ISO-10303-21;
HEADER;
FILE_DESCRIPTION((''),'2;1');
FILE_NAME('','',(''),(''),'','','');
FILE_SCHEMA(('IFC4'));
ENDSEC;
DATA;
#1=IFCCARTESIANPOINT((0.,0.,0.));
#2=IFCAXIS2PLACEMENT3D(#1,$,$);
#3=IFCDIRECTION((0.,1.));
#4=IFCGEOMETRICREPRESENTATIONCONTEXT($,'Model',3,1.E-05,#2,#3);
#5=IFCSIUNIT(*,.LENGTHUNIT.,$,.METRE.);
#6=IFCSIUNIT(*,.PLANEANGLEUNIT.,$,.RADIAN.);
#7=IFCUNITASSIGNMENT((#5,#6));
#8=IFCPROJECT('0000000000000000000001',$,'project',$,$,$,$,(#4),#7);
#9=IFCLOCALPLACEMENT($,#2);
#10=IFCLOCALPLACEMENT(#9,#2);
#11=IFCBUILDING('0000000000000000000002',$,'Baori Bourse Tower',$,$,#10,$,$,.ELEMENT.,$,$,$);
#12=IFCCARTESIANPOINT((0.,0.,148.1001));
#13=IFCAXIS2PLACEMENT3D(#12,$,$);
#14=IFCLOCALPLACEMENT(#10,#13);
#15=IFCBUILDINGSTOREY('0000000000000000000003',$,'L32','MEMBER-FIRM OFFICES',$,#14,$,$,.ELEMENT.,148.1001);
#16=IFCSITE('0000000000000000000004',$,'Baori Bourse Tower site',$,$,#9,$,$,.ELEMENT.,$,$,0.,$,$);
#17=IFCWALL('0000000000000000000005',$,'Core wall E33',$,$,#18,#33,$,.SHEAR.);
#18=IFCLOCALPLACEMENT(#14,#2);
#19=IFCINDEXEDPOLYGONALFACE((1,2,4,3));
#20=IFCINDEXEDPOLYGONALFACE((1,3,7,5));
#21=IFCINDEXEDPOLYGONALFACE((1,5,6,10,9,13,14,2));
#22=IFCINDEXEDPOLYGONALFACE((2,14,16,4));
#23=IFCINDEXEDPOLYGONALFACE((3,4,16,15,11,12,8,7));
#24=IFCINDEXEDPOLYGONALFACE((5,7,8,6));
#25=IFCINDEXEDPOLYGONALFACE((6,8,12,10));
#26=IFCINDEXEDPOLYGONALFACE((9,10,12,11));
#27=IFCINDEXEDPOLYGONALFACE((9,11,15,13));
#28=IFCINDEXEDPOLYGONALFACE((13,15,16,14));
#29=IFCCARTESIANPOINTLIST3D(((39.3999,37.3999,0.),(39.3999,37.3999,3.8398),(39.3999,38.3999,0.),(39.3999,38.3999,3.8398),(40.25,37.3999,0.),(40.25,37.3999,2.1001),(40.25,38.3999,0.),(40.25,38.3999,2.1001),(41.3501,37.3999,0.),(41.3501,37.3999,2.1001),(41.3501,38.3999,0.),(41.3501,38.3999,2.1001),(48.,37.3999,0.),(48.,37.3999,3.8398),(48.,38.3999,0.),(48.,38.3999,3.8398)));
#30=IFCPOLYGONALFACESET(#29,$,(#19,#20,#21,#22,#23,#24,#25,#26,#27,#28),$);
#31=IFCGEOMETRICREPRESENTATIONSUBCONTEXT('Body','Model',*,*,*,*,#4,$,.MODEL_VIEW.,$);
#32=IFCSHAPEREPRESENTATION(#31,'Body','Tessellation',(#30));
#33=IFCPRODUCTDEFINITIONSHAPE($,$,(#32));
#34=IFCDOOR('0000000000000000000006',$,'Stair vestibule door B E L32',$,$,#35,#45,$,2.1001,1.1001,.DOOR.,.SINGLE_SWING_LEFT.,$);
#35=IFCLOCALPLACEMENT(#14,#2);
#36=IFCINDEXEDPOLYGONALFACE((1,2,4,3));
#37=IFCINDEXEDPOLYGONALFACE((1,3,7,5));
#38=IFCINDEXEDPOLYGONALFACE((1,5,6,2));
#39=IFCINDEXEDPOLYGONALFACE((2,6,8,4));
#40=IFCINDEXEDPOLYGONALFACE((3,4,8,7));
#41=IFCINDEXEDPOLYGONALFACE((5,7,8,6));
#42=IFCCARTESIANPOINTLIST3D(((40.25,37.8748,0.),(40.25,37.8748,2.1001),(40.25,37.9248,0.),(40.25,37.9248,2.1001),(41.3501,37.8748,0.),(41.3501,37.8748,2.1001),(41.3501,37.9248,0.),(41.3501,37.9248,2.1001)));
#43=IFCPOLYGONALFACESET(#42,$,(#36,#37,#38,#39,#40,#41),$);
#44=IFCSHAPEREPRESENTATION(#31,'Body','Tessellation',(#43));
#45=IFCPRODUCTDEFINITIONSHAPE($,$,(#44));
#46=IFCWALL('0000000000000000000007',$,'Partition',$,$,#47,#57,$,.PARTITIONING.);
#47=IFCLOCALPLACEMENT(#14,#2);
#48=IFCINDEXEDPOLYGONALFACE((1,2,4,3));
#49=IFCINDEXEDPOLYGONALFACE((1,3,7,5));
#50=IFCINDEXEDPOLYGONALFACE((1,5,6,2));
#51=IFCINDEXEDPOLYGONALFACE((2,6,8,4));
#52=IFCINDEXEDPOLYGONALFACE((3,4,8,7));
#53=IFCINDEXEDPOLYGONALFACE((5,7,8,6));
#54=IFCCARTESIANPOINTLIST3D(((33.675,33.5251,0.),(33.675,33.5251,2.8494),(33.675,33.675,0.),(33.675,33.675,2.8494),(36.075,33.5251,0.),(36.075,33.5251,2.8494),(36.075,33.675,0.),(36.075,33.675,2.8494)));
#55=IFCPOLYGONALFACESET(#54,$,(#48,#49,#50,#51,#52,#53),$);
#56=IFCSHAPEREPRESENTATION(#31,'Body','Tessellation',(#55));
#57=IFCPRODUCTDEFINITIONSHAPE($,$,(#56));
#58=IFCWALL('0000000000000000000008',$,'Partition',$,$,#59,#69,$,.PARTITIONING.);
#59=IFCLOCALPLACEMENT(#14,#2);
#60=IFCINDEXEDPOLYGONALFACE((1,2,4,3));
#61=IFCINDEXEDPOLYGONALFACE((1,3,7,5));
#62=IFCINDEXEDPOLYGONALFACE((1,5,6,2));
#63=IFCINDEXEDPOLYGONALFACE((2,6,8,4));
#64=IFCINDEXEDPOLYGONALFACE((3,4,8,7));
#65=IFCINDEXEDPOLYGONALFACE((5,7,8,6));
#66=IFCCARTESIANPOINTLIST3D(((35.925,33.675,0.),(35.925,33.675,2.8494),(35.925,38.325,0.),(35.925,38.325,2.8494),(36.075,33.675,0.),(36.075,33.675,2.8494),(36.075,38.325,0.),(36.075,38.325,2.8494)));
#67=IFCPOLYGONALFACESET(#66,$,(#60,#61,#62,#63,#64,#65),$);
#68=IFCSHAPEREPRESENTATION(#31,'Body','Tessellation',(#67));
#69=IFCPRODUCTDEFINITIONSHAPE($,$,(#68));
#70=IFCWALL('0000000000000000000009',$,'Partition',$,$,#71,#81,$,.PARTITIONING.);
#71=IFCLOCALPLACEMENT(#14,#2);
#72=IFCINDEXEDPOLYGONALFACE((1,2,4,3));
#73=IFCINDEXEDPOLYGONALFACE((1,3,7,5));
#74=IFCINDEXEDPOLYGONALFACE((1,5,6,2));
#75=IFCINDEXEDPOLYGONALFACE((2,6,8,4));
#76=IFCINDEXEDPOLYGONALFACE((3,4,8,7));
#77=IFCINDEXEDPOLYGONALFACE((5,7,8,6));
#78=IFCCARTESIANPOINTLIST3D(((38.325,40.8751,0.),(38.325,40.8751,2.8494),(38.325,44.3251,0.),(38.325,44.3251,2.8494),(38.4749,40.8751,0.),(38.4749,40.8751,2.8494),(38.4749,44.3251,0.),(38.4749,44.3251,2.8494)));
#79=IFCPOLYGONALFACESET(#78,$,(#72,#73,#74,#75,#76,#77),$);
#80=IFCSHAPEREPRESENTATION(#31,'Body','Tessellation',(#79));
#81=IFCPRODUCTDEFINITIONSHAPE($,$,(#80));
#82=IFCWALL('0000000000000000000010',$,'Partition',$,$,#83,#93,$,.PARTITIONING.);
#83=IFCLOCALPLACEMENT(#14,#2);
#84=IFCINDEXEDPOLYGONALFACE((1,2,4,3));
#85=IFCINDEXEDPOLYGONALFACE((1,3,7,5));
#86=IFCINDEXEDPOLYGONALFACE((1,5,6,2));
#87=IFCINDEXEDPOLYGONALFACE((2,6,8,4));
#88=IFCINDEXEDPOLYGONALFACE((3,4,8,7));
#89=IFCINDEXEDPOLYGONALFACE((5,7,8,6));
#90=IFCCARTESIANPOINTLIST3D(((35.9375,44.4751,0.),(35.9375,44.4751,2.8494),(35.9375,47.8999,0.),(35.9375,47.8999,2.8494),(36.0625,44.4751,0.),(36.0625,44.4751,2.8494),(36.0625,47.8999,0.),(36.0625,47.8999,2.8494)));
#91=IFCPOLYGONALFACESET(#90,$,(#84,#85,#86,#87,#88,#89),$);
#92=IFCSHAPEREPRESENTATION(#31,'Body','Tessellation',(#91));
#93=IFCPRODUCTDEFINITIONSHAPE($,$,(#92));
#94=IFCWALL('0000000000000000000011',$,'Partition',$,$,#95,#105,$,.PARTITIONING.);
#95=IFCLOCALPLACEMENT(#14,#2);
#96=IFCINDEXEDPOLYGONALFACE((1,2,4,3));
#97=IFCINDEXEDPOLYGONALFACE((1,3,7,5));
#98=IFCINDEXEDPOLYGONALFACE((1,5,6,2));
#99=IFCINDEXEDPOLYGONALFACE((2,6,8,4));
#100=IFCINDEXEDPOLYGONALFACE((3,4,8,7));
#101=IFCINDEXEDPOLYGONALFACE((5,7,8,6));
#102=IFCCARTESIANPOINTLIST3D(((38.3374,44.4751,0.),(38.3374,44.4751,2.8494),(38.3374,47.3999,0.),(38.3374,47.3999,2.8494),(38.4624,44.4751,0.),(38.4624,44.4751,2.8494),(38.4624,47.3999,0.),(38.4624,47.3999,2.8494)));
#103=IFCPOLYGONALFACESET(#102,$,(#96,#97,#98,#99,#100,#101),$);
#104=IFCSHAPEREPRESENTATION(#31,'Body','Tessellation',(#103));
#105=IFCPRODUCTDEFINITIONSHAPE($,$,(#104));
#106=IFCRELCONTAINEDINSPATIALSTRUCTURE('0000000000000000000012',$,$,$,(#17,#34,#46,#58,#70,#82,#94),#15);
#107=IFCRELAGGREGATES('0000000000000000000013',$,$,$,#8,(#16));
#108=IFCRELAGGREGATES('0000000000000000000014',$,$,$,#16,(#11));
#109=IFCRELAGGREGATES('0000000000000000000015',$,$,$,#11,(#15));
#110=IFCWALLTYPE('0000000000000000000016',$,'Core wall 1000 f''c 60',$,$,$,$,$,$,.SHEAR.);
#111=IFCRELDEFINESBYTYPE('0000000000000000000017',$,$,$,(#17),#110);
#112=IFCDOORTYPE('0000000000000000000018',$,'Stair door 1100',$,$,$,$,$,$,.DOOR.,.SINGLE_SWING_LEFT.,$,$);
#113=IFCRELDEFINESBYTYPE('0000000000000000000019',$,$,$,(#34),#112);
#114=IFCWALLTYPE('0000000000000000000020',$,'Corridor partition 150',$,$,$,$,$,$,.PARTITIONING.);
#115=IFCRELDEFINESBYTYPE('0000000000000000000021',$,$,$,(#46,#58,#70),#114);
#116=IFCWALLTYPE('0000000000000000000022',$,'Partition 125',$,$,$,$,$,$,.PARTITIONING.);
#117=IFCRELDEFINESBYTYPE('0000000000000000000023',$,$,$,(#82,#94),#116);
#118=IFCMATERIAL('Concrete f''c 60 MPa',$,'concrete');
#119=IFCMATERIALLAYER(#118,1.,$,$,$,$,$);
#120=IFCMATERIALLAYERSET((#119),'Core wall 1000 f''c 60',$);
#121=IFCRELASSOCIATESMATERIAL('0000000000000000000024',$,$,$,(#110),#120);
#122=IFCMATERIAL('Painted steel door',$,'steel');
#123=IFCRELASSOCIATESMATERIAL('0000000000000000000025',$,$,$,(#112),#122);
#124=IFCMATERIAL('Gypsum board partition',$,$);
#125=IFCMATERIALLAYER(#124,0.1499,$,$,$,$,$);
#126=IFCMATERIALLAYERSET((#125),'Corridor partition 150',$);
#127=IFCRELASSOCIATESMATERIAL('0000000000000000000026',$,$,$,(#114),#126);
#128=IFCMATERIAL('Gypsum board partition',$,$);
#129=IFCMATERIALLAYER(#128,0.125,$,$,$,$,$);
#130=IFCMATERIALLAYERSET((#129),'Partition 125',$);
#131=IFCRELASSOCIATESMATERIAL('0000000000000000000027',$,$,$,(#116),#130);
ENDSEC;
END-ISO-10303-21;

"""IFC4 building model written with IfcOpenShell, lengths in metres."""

from ifc_helpers import new_model, si_unit, direction, frame, frame_2d, origin, place, context, subcontext, project, spatial, rectangle, extrude, material, layer, layer_set, type_object, element, fill, save


model = new_model("IFC4")

# Units and contexts
model_context = context("Model", 3, precision=1e-05, world=origin(), true_north=direction((0.0, 1.0)))
body_context = subcontext(model_context, "Body", "Model", "MODEL_VIEW")
ifc_project = project(units=[si_unit("LENGTHUNIT", "METRE"), si_unit("PLANEANGLEUNIT", "RADIAN")], contexts=[model_context])

# Site, building, storey
site_placement = place(None, origin())
site = spatial("IfcSite", under=ifc_project, at=site_placement, Name="Baori Bourse Tower site", CompositionType="ELEMENT", RefElevation=0.0)
building_placement = place(site_placement, origin())
building = spatial("IfcBuilding", under=site, at=building_placement, Name="Baori Bourse Tower", CompositionType="ELEMENT")
storey_placement = place(building_placement, frame((0.0, 0.0, 148.1001)))
storey = spatial("IfcBuildingStorey", under=building, at=storey_placement, Name="L32", Description="MEMBER-FIRM OFFICES", CompositionType="ELEMENT", Elevation=148.1001)

# Wall, opening, door
ifc_material_1 = material(Name="Concrete f'c 60 MPa", Category="concrete")
ifc_layer_1 = layer(ifc_material_1, 1.0)
ifc_layer_set_1 = layer_set([ifc_layer_1], Name="Core wall 1000 f'c 60")
wall_type_1 = type_object("IfcWallType", Name="Core wall 1000 f'c 60", PredefinedType="SHEAR", material=ifc_layer_set_1)
wall_1_placement = place(storey_placement, frame((39.3999, 37.8999, 0.0), z_axis=(0.0, 0.0, 1.0), x_axis=(1.0, 0.0, 0.0)))
wall_1 = element("IfcWall", 1, at=wall_1_placement, inside=storey, type_object=wall_type_1, Name="Core wall E33", PredefinedType="SHEAR", context=body_context, shape_type="SweptSolid", body=[
    extrude(rectangle(XDim=8.6001, YDim=1.0, at=frame_2d((4.3, 0.0))), origin(), (0.0, 0.0, 1.0), 3.8398),
])
opening_1_placement = place(wall_1_placement, frame((0.8501, 0.0, 0.0)))
opening_1 = element("IfcOpeningElement", 2, at=opening_1_placement, cuts=wall_1, PredefinedType="OPENING", context=body_context, shape_type="SweptSolid", body=[
    extrude(rectangle(XDim=1.1001, YDim=2.1001, at=frame_2d((0.55, 1.05))), frame((0.0, 0.51, 0.0), z_axis=(0.0, -1.0, 0.0), x_axis=(1.0, 0.0, 0.0)), (0.0, 0.0, 1.0), 1.02),
])
ifc_material_2 = material(Name="Painted steel door", Category="steel")
door_type_1 = type_object("IfcDoorType", Name="Stair door 1100", OperationType="SINGLE_SWING_LEFT", PredefinedType="DOOR", material=ifc_material_2)
door_1_placement = place(opening_1_placement, origin())
door_1 = element("IfcDoor", 3, at=door_1_placement, inside=storey, type_object=door_type_1, Name="Stair vestibule door B E L32", OperationType="SINGLE_SWING_LEFT", OverallHeight=2.1001, OverallWidth=1.1001, PredefinedType="DOOR", context=body_context, shape_type="SweptSolid", body=[
    extrude(rectangle(XDim=1.1001, YDim=2.1001, at=frame_2d((0.55, 1.05))), frame((0.0, 0.0249, 0.0), z_axis=(0.0, -1.0, 0.0), x_axis=(1.0, 0.0, 0.0)), (0.0, 0.0, 1.0), 0.05),
])
fill(opening_1, door_1)

# Walls
ifc_material_3 = material(Name="Gypsum board partition")
ifc_layer_2 = layer(ifc_material_3, 0.1499)
ifc_layer_set_2 = layer_set([ifc_layer_2], Name="Corridor partition 150")
wall_type_2 = type_object("IfcWallType", Name="Corridor partition 150", PredefinedType="PARTITIONING", material=ifc_layer_set_2)
wall_2_placement = place(storey_placement, frame((33.675, 33.6001, 0.0), z_axis=(0.0, 0.0, 1.0), x_axis=(1.0, 0.0, 0.0)))
element("IfcWall", 4, at=wall_2_placement, inside=storey, type_object=wall_type_2, Name="Partition", PredefinedType="PARTITIONING", context=body_context, shape_type="SweptSolid", body=[
    extrude(rectangle(XDim=2.3999, YDim=0.1499, at=frame_2d((1.2, 0.0))), origin(), (0.0, 0.0, 1.0), 2.8494),
])
wall_3_placement = place(storey_placement, frame((36.0, 33.675, 0.0), z_axis=(0.0, 0.0, 1.0), x_axis=(0.0, 1.0, 0.0)))
element("IfcWall", 5, at=wall_3_placement, inside=storey, type_object=wall_type_2, Name="Partition", PredefinedType="PARTITIONING", context=body_context, shape_type="SweptSolid", body=[
    extrude(rectangle(XDim=4.6499, YDim=0.1499, at=frame_2d((2.325, 0.0))), origin(), (0.0, 0.0, 1.0), 2.8494),
])
wall_4_placement = place(storey_placement, frame((38.3999, 40.875, 0.0), z_axis=(0.0, 0.0, 1.0), x_axis=(0.0, 1.0, 0.0)))
element("IfcWall", 6, at=wall_4_placement, inside=storey, type_object=wall_type_2, Name="Partition", PredefinedType="PARTITIONING", context=body_context, shape_type="SweptSolid", body=[
    extrude(rectangle(XDim=3.45, YDim=0.1499, at=frame_2d((1.7251, 0.0))), origin(), (0.0, 0.0, 1.0), 2.8494),
])
ifc_material_4 = material(Name="Gypsum board partition")
ifc_layer_3 = layer(ifc_material_4, 0.125)
ifc_layer_set_3 = layer_set([ifc_layer_3], Name="Partition 125")
wall_type_3 = type_object("IfcWallType", Name="Partition 125", PredefinedType="PARTITIONING", material=ifc_layer_set_3)
wall_5_placement = place(storey_placement, frame((36.0, 44.4751, 0.0), z_axis=(0.0, 0.0, 1.0), x_axis=(0.0, 1.0, 0.0)))
element("IfcWall", 7, at=wall_5_placement, inside=storey, type_object=wall_type_3, Name="Partition", PredefinedType="PARTITIONING", context=body_context, shape_type="SweptSolid", body=[
    extrude(rectangle(XDim=3.4248, YDim=0.125, at=frame_2d((1.7124, 0.0))), origin(), (0.0, 0.0, 1.0), 2.8494),
])
wall_6_placement = place(storey_placement, frame((38.3999, 44.4751, 0.0), z_axis=(0.0, 0.0, 1.0), x_axis=(0.0, 1.0, 0.0)))
element("IfcWall", 8, at=wall_6_placement, inside=storey, type_object=wall_type_3, Name="Partition", PredefinedType="PARTITIONING", context=body_context, shape_type="SweptSolid", body=[
    extrude(rectangle(XDim=2.9248, YDim=0.125, at=frame_2d((1.4624, 0.0))), origin(), (0.0, 0.0, 1.0), 2.8494),
])

save(model, "model.ifc")
